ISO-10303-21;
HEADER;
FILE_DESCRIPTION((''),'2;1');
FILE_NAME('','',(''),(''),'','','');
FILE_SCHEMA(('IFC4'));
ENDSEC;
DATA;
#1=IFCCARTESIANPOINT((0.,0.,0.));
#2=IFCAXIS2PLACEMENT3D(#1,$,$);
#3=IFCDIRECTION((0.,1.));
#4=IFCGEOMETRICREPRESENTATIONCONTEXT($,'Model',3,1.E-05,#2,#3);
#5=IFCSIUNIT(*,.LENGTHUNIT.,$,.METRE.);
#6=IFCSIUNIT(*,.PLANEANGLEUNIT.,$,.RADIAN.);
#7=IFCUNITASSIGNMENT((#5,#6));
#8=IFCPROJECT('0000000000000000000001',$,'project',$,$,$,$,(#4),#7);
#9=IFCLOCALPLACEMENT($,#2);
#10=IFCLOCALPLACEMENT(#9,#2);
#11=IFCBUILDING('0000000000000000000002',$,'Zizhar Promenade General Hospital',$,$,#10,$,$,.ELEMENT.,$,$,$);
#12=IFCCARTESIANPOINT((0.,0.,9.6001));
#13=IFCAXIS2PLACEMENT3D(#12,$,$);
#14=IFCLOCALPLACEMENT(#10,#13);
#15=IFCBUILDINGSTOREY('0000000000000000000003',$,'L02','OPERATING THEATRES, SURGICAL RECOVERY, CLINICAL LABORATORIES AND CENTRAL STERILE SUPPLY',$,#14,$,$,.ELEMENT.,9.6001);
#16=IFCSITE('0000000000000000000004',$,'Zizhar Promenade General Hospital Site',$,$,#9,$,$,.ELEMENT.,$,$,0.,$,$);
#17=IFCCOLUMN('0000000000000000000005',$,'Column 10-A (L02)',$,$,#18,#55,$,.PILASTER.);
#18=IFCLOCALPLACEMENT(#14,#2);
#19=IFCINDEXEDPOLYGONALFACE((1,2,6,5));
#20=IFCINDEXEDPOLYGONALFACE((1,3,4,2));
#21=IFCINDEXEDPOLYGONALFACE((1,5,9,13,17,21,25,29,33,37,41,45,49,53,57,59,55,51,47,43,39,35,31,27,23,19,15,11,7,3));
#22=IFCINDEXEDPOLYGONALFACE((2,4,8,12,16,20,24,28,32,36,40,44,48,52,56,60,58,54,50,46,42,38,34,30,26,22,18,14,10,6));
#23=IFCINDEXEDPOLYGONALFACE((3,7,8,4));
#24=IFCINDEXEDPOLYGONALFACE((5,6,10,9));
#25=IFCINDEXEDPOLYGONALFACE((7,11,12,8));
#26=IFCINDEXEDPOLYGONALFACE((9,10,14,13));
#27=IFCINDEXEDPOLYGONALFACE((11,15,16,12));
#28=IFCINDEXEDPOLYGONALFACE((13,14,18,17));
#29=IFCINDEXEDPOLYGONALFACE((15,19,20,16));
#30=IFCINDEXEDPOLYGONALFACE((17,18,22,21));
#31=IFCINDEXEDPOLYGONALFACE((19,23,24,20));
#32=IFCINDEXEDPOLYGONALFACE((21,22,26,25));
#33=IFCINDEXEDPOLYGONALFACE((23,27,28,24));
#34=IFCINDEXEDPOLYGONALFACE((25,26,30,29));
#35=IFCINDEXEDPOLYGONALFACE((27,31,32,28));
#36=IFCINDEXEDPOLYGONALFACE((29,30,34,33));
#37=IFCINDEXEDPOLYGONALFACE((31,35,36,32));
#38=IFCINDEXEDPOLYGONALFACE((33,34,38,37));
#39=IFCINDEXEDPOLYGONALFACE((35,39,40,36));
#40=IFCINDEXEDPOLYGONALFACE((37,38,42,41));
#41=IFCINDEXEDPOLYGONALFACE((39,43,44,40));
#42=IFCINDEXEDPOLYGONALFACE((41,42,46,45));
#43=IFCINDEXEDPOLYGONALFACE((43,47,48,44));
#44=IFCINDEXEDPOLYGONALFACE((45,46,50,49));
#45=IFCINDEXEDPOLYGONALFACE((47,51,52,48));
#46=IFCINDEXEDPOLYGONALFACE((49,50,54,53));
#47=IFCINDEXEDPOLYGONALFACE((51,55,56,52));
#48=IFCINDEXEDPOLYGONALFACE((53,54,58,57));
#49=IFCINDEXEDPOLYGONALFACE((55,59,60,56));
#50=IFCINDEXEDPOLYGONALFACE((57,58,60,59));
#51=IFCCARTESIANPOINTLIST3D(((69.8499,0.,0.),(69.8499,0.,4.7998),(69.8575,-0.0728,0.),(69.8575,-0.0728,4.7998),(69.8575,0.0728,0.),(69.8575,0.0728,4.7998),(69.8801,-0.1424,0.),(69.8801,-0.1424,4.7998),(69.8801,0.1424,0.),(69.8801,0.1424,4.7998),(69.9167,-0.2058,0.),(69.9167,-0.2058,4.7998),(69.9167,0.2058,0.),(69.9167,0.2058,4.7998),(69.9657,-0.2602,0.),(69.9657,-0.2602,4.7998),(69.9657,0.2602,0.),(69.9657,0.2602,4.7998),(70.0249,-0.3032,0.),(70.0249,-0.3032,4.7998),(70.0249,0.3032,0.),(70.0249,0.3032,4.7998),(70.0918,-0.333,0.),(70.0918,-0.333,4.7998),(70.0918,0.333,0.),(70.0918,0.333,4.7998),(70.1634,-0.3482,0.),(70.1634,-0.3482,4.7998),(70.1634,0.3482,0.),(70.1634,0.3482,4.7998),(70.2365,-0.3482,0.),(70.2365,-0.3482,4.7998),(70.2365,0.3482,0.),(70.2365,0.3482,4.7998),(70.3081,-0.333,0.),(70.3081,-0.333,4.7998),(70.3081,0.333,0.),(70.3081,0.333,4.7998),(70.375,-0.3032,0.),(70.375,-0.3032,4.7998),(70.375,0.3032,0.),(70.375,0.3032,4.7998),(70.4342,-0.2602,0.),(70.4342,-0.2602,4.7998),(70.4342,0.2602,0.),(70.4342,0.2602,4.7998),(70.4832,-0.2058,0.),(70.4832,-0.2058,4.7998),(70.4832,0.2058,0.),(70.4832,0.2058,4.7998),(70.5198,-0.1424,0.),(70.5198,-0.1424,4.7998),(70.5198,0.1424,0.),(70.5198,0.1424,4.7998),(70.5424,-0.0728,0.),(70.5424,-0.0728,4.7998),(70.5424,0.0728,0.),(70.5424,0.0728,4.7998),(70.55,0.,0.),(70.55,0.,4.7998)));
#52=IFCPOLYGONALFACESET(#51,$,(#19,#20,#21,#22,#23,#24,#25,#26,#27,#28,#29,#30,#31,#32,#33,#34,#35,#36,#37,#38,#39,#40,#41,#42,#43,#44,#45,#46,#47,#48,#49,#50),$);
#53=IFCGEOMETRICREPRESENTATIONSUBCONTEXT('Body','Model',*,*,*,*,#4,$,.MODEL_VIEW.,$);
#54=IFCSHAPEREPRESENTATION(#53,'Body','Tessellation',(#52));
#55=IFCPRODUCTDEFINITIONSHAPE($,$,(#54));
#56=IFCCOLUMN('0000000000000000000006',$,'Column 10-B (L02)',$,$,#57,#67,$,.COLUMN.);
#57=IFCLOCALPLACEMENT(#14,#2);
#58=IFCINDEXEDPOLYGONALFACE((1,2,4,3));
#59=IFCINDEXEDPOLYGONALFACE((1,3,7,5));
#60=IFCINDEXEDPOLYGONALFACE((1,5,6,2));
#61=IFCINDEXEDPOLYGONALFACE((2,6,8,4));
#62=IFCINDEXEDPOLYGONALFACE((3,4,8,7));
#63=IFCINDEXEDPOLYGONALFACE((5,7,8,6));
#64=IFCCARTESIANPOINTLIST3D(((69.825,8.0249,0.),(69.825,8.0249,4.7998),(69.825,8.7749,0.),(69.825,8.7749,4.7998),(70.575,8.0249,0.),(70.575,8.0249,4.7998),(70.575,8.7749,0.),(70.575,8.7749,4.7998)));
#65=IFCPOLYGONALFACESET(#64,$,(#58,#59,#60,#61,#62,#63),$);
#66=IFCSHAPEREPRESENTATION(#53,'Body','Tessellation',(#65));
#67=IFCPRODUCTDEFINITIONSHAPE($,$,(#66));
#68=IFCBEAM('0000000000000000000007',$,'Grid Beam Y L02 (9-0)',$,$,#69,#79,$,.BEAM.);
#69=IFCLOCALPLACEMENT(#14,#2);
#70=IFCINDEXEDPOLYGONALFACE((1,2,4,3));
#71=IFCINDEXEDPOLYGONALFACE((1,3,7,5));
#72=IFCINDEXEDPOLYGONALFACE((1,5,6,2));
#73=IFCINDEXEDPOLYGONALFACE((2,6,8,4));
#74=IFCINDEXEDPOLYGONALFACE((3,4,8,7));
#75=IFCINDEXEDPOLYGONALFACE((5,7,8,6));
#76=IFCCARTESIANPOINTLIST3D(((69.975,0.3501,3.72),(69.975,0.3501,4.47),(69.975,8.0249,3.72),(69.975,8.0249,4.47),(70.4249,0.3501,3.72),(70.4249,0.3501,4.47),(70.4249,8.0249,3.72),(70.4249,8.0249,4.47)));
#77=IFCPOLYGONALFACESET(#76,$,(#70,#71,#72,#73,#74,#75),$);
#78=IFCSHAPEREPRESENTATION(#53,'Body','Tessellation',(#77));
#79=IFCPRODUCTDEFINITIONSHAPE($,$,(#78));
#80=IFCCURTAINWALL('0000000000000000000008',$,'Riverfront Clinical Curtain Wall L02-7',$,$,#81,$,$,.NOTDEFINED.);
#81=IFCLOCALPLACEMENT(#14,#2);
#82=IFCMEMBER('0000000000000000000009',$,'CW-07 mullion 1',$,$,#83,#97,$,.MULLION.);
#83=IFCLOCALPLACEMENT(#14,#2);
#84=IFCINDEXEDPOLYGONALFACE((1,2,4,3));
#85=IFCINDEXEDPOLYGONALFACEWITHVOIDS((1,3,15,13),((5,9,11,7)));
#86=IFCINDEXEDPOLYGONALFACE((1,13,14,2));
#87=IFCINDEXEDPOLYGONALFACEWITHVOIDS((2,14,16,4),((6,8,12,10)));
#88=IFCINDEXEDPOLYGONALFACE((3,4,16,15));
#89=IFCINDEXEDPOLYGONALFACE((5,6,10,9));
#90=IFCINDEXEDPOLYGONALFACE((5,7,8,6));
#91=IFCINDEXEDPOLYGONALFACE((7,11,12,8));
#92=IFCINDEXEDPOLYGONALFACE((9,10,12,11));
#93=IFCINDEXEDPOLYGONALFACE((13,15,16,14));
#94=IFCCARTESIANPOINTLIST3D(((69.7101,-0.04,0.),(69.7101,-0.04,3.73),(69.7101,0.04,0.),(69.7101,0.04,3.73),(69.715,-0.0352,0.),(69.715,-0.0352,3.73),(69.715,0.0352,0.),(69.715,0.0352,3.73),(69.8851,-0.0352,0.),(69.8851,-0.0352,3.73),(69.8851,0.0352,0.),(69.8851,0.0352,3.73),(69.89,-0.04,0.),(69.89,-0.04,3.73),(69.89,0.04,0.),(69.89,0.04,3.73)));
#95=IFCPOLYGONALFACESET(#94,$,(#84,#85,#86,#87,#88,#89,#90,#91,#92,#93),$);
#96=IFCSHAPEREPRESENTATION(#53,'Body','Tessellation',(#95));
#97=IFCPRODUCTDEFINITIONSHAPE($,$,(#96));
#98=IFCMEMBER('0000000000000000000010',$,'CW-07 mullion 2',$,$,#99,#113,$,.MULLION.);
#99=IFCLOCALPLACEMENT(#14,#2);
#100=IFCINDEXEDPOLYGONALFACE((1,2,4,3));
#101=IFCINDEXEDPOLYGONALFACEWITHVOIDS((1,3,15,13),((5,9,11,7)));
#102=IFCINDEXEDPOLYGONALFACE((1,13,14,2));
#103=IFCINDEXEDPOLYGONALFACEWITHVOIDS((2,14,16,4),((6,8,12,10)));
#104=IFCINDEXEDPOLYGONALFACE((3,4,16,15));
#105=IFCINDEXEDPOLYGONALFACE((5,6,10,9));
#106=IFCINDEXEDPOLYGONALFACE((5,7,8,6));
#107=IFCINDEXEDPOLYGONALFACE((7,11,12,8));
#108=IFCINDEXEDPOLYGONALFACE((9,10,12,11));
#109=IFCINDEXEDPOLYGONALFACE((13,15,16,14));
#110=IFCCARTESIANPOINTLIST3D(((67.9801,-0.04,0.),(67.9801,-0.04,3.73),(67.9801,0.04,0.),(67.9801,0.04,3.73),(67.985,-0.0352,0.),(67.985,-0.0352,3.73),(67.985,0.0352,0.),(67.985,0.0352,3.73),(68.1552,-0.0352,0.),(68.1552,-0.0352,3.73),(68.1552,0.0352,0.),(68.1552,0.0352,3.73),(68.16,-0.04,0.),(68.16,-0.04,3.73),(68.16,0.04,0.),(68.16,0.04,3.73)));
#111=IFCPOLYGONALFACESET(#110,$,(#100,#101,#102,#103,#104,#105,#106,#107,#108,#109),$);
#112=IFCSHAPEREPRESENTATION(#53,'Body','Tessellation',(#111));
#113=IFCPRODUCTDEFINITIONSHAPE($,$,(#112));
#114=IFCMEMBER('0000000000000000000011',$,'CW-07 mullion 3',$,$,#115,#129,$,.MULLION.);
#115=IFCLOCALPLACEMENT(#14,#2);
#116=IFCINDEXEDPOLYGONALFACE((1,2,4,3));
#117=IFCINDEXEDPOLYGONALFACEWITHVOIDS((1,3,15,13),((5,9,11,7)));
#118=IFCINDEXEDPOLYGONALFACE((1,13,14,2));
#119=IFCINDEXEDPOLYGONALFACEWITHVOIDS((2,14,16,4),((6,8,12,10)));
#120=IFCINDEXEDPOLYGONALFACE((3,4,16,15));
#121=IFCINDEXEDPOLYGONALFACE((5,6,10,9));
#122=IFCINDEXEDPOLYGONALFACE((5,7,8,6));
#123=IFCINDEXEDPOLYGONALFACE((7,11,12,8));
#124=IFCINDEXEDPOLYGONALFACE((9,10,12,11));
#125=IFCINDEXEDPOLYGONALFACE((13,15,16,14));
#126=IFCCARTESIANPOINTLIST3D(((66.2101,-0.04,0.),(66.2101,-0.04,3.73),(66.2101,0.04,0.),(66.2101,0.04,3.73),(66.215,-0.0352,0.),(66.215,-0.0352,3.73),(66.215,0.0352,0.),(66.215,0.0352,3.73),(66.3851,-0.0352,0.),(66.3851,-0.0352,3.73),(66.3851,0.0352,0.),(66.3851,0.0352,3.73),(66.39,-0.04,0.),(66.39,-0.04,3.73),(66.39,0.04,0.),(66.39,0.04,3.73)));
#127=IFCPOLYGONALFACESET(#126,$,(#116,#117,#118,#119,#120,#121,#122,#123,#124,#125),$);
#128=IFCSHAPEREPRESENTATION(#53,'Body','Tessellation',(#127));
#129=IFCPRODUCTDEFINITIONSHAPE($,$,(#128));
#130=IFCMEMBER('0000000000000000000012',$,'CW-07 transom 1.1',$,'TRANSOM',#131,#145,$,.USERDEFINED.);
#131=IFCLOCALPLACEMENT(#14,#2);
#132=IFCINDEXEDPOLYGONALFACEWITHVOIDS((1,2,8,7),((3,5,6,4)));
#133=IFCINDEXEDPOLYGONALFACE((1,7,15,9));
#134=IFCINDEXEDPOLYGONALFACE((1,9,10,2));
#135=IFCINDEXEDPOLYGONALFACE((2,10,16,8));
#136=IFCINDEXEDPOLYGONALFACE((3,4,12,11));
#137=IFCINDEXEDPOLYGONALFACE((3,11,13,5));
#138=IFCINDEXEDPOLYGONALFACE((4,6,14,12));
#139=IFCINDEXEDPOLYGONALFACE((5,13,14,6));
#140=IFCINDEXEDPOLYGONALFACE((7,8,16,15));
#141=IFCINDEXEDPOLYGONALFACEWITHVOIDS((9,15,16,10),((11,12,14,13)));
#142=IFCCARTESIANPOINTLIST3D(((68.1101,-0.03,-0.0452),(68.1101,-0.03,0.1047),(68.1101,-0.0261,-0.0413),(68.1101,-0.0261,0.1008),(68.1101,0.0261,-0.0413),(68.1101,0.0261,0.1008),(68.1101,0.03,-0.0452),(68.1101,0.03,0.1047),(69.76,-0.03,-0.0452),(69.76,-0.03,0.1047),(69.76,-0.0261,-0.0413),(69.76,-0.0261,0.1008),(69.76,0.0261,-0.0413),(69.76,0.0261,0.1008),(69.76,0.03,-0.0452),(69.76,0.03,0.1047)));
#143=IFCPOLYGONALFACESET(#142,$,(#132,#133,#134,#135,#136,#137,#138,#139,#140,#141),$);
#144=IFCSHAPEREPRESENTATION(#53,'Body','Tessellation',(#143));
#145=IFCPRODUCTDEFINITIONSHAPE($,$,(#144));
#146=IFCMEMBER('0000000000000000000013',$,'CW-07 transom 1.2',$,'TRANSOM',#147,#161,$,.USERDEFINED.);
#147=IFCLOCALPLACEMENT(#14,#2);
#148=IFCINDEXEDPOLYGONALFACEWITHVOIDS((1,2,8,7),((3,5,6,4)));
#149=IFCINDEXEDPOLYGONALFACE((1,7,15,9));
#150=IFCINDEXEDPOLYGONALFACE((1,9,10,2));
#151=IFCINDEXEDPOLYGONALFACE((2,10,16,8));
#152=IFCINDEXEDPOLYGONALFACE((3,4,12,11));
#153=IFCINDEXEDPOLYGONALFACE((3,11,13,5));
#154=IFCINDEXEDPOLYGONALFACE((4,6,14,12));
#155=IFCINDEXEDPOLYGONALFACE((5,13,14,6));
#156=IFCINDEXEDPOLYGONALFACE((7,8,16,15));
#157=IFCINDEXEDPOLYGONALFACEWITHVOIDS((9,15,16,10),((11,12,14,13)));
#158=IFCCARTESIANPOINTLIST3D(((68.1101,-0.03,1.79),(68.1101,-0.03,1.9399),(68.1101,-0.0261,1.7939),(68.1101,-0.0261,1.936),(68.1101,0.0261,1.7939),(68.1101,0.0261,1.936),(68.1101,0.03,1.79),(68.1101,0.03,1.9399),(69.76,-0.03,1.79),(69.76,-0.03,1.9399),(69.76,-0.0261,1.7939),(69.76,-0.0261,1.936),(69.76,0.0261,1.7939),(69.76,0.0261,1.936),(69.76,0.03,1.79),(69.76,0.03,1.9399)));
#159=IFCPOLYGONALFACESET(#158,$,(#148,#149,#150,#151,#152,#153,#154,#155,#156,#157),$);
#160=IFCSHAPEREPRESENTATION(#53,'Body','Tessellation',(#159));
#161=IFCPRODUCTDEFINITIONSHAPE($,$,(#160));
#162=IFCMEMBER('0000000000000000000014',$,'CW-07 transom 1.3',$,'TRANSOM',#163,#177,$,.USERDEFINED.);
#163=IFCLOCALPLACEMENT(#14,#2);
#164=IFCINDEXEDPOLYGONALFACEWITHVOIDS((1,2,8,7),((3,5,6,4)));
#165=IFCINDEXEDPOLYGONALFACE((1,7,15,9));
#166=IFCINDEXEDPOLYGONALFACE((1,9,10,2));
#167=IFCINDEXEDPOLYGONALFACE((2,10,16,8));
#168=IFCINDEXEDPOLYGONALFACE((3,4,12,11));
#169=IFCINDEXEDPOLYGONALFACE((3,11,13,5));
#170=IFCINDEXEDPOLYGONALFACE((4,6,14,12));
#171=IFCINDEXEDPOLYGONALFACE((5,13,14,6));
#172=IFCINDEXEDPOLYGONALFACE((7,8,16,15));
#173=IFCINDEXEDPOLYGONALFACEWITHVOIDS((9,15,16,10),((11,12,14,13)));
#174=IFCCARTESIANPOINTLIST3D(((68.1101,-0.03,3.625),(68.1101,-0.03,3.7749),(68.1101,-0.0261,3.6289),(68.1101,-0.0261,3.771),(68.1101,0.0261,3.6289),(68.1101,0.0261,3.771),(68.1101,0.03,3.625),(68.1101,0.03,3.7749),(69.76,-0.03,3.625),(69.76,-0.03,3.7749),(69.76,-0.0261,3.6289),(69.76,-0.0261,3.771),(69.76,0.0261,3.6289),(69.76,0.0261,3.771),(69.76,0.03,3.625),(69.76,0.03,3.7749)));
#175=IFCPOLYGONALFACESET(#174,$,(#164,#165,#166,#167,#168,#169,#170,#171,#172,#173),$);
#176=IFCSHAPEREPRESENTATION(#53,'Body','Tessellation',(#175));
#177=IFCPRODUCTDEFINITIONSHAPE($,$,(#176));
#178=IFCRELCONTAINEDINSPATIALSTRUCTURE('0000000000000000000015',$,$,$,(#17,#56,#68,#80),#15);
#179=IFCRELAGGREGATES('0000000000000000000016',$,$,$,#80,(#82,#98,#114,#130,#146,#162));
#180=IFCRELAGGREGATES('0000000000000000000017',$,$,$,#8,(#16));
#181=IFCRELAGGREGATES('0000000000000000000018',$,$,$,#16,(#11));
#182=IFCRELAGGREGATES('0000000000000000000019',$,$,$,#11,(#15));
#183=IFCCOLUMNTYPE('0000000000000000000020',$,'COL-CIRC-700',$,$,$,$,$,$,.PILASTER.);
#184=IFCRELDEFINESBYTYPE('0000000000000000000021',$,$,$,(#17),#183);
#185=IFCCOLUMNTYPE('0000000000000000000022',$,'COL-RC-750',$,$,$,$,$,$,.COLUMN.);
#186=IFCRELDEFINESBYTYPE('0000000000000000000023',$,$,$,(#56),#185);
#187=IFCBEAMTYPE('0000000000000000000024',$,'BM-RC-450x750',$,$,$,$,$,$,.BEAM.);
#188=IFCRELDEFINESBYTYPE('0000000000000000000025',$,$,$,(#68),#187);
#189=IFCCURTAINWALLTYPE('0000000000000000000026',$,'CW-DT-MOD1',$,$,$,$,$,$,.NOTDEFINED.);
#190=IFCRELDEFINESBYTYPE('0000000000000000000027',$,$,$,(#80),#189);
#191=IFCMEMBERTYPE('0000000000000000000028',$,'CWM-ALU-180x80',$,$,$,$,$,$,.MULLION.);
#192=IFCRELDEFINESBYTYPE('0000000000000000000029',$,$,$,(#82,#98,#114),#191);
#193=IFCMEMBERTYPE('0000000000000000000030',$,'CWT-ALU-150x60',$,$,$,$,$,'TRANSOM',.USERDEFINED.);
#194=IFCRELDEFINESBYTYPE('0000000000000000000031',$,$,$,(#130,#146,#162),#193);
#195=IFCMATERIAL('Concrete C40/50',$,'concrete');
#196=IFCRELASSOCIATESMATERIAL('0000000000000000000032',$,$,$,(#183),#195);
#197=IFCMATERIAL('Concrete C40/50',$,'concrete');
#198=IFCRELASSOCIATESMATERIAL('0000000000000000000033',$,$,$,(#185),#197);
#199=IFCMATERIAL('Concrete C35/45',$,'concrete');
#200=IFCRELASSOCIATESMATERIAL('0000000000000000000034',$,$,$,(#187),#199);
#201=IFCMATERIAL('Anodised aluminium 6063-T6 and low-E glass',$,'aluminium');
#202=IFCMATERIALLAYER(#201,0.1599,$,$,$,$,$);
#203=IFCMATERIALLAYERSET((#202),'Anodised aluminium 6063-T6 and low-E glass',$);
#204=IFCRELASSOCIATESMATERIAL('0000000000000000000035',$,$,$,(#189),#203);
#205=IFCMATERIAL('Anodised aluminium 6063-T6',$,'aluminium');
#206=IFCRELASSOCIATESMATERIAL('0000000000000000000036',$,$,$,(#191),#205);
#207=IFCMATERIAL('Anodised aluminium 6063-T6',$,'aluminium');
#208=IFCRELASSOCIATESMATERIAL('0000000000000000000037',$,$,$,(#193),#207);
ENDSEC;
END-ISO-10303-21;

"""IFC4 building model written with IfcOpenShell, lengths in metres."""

from ifc_helpers import new_model, si_unit, direction, frame, origin, origin_2d, place, context, subcontext, project, spatial, rectangle, hollow_rectangle, circle, extrude, material, layer, layer_set, material_profile, profile_set, type_object, element, aggregate, save


model = new_model("IFC4")

# Units and contexts
model_context = context("Model", 3, precision=1e-05, world=origin(), true_north=direction((0.0, 1.0)))
body_context = subcontext(model_context, "Body", "Model", "MODEL_VIEW")
ifc_project = project(units=[si_unit("LENGTHUNIT", "METRE"), si_unit("PLANEANGLEUNIT", "RADIAN")], contexts=[model_context])

# Site, building, storey
site_placement = place(None, origin())
site = spatial("IfcSite", under=ifc_project, at=site_placement, Name="Zizhar Promenade General Hospital Site", CompositionType="ELEMENT", RefElevation=0.0)
building_placement = place(site_placement, origin())
building = spatial("IfcBuilding", under=site, at=building_placement, Name="Zizhar Promenade General Hospital", CompositionType="ELEMENT")
storey_placement = place(building_placement, frame((0.0, 0.0, 9.6001)))
storey = spatial("IfcBuildingStorey", under=building, at=storey_placement, Name="L02", Description="OPERATING THEATRES, SURGICAL RECOVERY, CLINICAL LABORATORIES AND CENTRAL STERILE SUPPLY", CompositionType="ELEMENT", Elevation=9.6001)

# Columns
ifc_material_1 = material(Name="Concrete C40/50", Category="concrete")
ifc_material_profile_1 = material_profile(ifc_material_1, circle(Radius=0.3501, at=origin_2d()))
ifc_profile_set_1 = profile_set([ifc_material_profile_1], Name="Concrete C40/50")
column_type_1 = type_object("IfcColumnType", Name="COL-CIRC-700", PredefinedType="PILASTER", material=ifc_profile_set_1)
column_1_placement = place(storey_placement, frame((70.2, 0.0, 0.0), z_axis=(0.0, 0.0, 1.0), x_axis=(1.0, 0.0, 0.0)))
element("IfcColumn", 1, at=column_1_placement, inside=storey, type_object=column_type_1, Name="Column 10-A (L02)", PredefinedType="PILASTER", context=body_context, shape_type="SweptSolid", body=[
    extrude(circle(Radius=0.3501, at=origin_2d()), origin(), (0.0, 0.0, 1.0), 4.7998),
])
ifc_material_2 = material(Name="Concrete C40/50", Category="concrete")
ifc_material_profile_2 = material_profile(ifc_material_2, rectangle(XDim=0.75, YDim=0.75, at=origin_2d()))
ifc_profile_set_2 = profile_set([ifc_material_profile_2], Name="Concrete C40/50")
column_type_2 = type_object("IfcColumnType", Name="COL-RC-750", PredefinedType="COLUMN", material=ifc_profile_set_2)
column_2_placement = place(storey_placement, frame((70.2, 8.3999, 0.0), z_axis=(0.0, 0.0, 1.0), x_axis=(1.0, 0.0, 0.0)))
element("IfcColumn", 2, at=column_2_placement, inside=storey, type_object=column_type_2, Name="Column 10-B (L02)", PredefinedType="COLUMN", context=body_context, shape_type="SweptSolid", body=[
    extrude(rectangle(XDim=0.75, YDim=0.75, at=origin_2d()), origin(), (0.0, 0.0, 1.0), 4.7998),
])

# Beam
ifc_material_3 = material(Name="Concrete C35/45", Category="concrete")
ifc_material_profile_3 = material_profile(ifc_material_3, rectangle(XDim=0.45, YDim=0.75, at=origin_2d()))
ifc_profile_set_3 = profile_set([ifc_material_profile_3], Name="Concrete C35/45")
beam_type = type_object("IfcBeamType", Name="BM-RC-450x750", PredefinedType="BEAM", material=ifc_profile_set_3)
beam_placement = place(storey_placement, frame((70.2, 0.3501, 4.095), z_axis=(0.0, 1.0, 0.0), x_axis=(-1.0, 0.0, 0.0)))
element("IfcBeam", 3, at=beam_placement, inside=storey, type_object=beam_type, Name="Grid Beam Y L02 (9-0)", PredefinedType="BEAM", context=body_context, shape_type="SweptSolid", body=[
    extrude(rectangle(XDim=0.45, YDim=0.75, at=origin_2d()), origin(), (0.0, 0.0, 1.0), 7.6748),
])

# Curtain wall, members
ifc_material_4 = material(Name="Anodised aluminium 6063-T6 and low-E glass", Category="aluminium")
ifc_layer_1 = layer(ifc_material_4, 0.1599)
ifc_layer_set_1 = layer_set([ifc_layer_1], Name="Anodised aluminium 6063-T6 and low-E glass")
curtain_wall_type = type_object("IfcCurtainWallType", Name="CW-DT-MOD1", PredefinedType="NOTDEFINED", material=ifc_layer_set_1)
curtain_wall_placement = place(storey_placement, origin())
curtain_wall = element("IfcCurtainWall", 4, at=curtain_wall_placement, inside=storey, type_object=curtain_wall_type, Name="Riverfront Clinical Curtain Wall L02-7", PredefinedType="NOTDEFINED")
ifc_material_5 = material(Name="Anodised aluminium 6063-T6", Category="aluminium")
ifc_material_profile_4 = material_profile(ifc_material_5, hollow_rectangle(XDim=0.0801, YDim=0.1799, WallThickness=0.0049, at=origin_2d()))
ifc_profile_set_4 = profile_set([ifc_material_profile_4], Name="Anodised aluminium 6063-T6")
member_type_1 = type_object("IfcMemberType", Name="CWM-ALU-180x80", PredefinedType="MULLION", material=ifc_profile_set_4)
member_1_placement = place(storey_placement, frame((69.8, 0.0, 0.0), z_axis=(0.0, 0.0, 1.0), x_axis=(0.0, -1.0, 0.0)))
member_1 = element("IfcMember", 5, at=member_1_placement, type_object=member_type_1, Name="CW-07 mullion 1", PredefinedType="MULLION", context=body_context, shape_type="SweptSolid", body=[
    extrude(hollow_rectangle(XDim=0.0801, YDim=0.1799, WallThickness=0.0049, at=origin_2d()), origin(), (0.0, 0.0, 1.0), 3.73),
])
member_2_placement = place(storey_placement, frame((68.0701, 0.0, 0.0), z_axis=(0.0, 0.0, 1.0), x_axis=(0.0, -1.0, 0.0)))
member_2 = element("IfcMember", 6, at=member_2_placement, type_object=member_type_1, Name="CW-07 mullion 2", PredefinedType="MULLION", context=body_context, shape_type="SweptSolid", body=[
    extrude(hollow_rectangle(XDim=0.0801, YDim=0.1799, WallThickness=0.0049, at=origin_2d()), origin(), (0.0, 0.0, 1.0), 3.73),
])
member_3_placement = place(storey_placement, frame((66.3, 0.0, 0.0), z_axis=(0.0, 0.0, 1.0), x_axis=(0.0, -1.0, 0.0)))
member_3 = element("IfcMember", 7, at=member_3_placement, type_object=member_type_1, Name="CW-07 mullion 3", PredefinedType="MULLION", context=body_context, shape_type="SweptSolid", body=[
    extrude(hollow_rectangle(XDim=0.0801, YDim=0.1799, WallThickness=0.0049, at=origin_2d()), origin(), (0.0, 0.0, 1.0), 3.73),
])
ifc_material_6 = material(Name="Anodised aluminium 6063-T6", Category="aluminium")
ifc_material_profile_5 = material_profile(ifc_material_6, hollow_rectangle(XDim=0.0601, YDim=0.1499, WallThickness=0.0039, at=origin_2d()))
ifc_profile_set_5 = profile_set([ifc_material_profile_5], Name="Anodised aluminium 6063-T6")
member_type_2 = type_object("IfcMemberType", Name="CWT-ALU-150x60", ElementType="TRANSOM", PredefinedType="USERDEFINED", material=ifc_profile_set_5)
member_4_placement = place(storey_placement, frame((69.76, 0.0, 0.0298), z_axis=(-1.0, 0.0, 0.0), x_axis=(0.0, -1.0, 0.0)))
member_4 = element("IfcMember", 8, at=member_4_placement, type_object=member_type_2, Name="CW-07 transom 1.1", ObjectType="TRANSOM", PredefinedType="USERDEFINED", context=body_context, shape_type="SweptSolid", body=[
    extrude(hollow_rectangle(XDim=0.0601, YDim=0.1499, WallThickness=0.0039, at=origin_2d()), origin(), (0.0, 0.0, 1.0), 1.6499),
])
member_5_placement = place(storey_placement, frame((69.76, 0.0, 1.865), z_axis=(-1.0, 0.0, 0.0), x_axis=(0.0, -1.0, 0.0)))
member_5 = element("IfcMember", 9, at=member_5_placement, type_object=member_type_2, Name="CW-07 transom 1.2", ObjectType="TRANSOM", PredefinedType="USERDEFINED", context=body_context, shape_type="SweptSolid", body=[
    extrude(hollow_rectangle(XDim=0.0601, YDim=0.1499, WallThickness=0.0039, at=origin_2d()), origin(), (0.0, 0.0, 1.0), 1.6499),
])
member_6_placement = place(storey_placement, frame((69.76, 0.0, 3.7), z_axis=(-1.0, 0.0, 0.0), x_axis=(0.0, -1.0, 0.0)))
member_6 = element("IfcMember", 10, at=member_6_placement, type_object=member_type_2, Name="CW-07 transom 1.3", ObjectType="TRANSOM", PredefinedType="USERDEFINED", context=body_context, shape_type="SweptSolid", body=[
    extrude(hollow_rectangle(XDim=0.0601, YDim=0.1499, WallThickness=0.0039, at=origin_2d()), origin(), (0.0, 0.0, 1.0), 1.6499),
])
aggregate(curtain_wall, [member_1, member_2, member_3, member_4, member_5, member_6])

save(model, "model.ifc")
